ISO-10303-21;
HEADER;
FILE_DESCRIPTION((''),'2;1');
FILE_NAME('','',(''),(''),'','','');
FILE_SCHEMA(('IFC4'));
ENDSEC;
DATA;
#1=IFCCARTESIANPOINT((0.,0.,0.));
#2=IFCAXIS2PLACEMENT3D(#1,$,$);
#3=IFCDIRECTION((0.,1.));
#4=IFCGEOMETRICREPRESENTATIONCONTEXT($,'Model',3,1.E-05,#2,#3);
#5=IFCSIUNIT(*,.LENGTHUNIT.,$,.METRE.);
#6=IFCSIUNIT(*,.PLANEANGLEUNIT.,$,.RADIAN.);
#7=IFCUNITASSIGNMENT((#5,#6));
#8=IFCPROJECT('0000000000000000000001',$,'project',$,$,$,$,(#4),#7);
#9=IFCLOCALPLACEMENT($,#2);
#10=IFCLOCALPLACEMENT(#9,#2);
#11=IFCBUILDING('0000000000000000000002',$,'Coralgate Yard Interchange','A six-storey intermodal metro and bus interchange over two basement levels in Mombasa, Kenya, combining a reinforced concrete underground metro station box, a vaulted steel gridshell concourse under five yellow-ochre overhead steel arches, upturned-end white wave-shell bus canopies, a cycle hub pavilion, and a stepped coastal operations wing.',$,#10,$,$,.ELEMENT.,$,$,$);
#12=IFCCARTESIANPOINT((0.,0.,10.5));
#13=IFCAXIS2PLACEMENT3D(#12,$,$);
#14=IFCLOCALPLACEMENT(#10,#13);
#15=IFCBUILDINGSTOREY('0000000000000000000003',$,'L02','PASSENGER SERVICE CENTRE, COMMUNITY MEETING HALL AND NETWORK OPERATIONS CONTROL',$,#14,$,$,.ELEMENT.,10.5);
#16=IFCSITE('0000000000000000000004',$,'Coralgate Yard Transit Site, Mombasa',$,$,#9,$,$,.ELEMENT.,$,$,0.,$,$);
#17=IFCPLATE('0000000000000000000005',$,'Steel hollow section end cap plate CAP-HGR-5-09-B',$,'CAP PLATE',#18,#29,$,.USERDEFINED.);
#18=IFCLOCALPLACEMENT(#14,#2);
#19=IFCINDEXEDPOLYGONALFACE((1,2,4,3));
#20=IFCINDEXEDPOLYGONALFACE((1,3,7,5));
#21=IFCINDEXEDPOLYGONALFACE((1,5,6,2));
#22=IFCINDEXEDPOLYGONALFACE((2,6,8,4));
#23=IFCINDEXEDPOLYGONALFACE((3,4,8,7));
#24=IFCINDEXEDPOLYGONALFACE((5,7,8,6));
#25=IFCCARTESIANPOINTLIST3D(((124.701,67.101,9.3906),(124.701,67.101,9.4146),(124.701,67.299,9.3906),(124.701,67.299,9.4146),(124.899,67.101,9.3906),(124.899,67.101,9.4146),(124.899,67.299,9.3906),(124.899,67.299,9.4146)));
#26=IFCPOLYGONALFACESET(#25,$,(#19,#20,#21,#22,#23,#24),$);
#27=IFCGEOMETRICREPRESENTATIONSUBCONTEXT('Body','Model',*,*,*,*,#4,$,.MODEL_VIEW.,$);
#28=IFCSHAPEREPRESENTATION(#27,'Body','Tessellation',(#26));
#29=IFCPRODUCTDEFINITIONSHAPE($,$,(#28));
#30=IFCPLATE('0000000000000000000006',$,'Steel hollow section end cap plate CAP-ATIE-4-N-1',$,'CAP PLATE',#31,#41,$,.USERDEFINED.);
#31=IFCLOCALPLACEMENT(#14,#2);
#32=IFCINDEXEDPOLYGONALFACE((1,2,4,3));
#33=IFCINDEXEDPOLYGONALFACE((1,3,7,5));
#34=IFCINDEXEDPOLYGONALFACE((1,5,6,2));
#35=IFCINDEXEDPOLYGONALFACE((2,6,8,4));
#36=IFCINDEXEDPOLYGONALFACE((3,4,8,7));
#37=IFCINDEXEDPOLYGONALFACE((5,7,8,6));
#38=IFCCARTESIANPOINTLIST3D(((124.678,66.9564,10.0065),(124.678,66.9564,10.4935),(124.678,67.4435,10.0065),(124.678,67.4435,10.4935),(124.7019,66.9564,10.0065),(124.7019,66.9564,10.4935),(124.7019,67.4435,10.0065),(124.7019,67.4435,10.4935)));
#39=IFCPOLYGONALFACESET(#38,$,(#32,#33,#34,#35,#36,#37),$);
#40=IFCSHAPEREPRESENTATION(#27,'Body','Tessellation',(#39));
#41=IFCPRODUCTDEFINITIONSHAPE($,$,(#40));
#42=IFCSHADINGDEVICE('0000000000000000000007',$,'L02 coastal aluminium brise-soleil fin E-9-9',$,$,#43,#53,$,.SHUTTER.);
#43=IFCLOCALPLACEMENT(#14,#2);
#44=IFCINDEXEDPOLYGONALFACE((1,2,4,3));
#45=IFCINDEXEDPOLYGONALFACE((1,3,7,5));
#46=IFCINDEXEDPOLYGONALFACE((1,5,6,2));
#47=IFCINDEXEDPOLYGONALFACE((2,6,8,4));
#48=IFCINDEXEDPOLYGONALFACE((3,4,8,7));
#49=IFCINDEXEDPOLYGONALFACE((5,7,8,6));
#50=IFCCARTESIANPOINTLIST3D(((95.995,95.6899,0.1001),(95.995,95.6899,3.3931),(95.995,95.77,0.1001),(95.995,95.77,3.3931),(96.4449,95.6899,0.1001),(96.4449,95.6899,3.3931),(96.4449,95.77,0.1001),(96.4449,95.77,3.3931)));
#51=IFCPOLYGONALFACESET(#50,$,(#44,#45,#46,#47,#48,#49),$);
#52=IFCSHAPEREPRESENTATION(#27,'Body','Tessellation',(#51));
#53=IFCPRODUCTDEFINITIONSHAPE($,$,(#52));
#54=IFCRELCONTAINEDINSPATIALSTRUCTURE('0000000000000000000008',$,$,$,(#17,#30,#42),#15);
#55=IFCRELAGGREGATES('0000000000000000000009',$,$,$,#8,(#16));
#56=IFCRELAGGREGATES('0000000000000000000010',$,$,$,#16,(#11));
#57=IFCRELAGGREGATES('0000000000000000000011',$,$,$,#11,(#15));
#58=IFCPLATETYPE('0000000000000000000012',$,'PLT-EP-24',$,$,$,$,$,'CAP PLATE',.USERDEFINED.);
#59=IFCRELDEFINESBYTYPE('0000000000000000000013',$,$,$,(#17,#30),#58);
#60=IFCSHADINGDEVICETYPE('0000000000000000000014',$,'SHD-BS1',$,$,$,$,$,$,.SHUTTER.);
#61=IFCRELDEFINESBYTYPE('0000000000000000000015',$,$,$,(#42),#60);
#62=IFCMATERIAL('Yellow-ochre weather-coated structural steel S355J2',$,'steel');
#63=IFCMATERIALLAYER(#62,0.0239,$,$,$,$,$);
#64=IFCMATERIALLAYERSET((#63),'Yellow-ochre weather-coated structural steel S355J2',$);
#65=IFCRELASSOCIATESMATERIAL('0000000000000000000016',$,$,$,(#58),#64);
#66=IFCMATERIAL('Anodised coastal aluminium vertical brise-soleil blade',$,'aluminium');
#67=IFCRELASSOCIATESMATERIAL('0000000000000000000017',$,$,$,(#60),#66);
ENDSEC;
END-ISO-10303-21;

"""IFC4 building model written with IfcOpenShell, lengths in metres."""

from ifc_helpers import new_model, si_unit, direction, frame, origin, origin_2d, place, context, subcontext, project, spatial, rectangle, extrude, material, layer, layer_set, type_object, element, save


model = new_model("IFC4")

# Units and contexts
model_context = context("Model", 3, precision=1e-05, world=origin(), true_north=direction((0.0, 1.0)))
body_context = subcontext(model_context, "Body", "Model", "MODEL_VIEW")
ifc_project = project(units=[si_unit("LENGTHUNIT", "METRE"), si_unit("PLANEANGLEUNIT", "RADIAN")], contexts=[model_context])

# Site, building, storey
site_placement = place(None, origin())
site = spatial("IfcSite", under=ifc_project, at=site_placement, Name="Coralgate Yard Transit Site, Mombasa", CompositionType="ELEMENT", RefElevation=0.0)
building_placement = place(site_placement, origin())
building = spatial("IfcBuilding", under=site, at=building_placement, Name="Coralgate Yard Interchange", Description="A six-storey intermodal metro and bus interchange over two basement levels in Mombasa, Kenya, combining a reinforced concrete underground metro station box, a vaulted steel gridshell concourse under five yellow-ochre overhead steel arches, upturned-end white wave-shell bus canopies, a cycle hub pavilion, and a stepped coastal operations wing.", CompositionType="ELEMENT")
storey_placement = place(building_placement, frame((0.0, 0.0, 10.5)))
storey = spatial("IfcBuildingStorey", under=building, at=storey_placement, Name="L02", Description="PASSENGER SERVICE CENTRE, COMMUNITY MEETING HALL AND NETWORK OPERATIONS CONTROL", CompositionType="ELEMENT", Elevation=10.5)

# Shared definitions
ifc_material_1 = material(Name="Yellow-ochre weather-coated structural steel S355J2", Category="steel")

# Plates
ifc_layer = layer(ifc_material_1, 0.0239)
ifc_layer_set = layer_set([ifc_layer], Name="Yellow-ochre weather-coated structural steel S355J2")
plate_type = type_object("IfcPlateType", Name="PLT-EP-24", ElementType="CAP PLATE", PredefinedType="USERDEFINED", material=ifc_layer_set)
for number, where, z_axis, x_axis, name in (
    (1, (124.8, 67.2, 9.4146), (0.0, 0.0, -1.0), (1.0, 0.0, 0.0), "Steel hollow section end cap plate CAP-HGR-5-09-B"),
):
    element("IfcPlate", number, at=place(storey_placement, frame(where, z_axis=z_axis, x_axis=x_axis)), inside=storey, type_object=plate_type, Name=name, ObjectType="CAP PLATE", PredefinedType="USERDEFINED", context=body_context, shape_type="SweptSolid", body=[
        extrude(rectangle(XDim=0.198, YDim=0.198, at=origin_2d()), origin(), (0.0, 0.0, 1.0), 0.0239),
    ])
plate_placement = place(storey_placement, frame((124.678, 67.2, 10.25), z_axis=(1.0, 0.0, 0.0), x_axis=(0.0, 1.0, 0.0)))
element("IfcPlate", 2, at=plate_placement, inside=storey, type_object=plate_type, Name="Steel hollow section end cap plate CAP-ATIE-4-N-1", ObjectType="CAP PLATE", PredefinedType="USERDEFINED", context=body_context, shape_type="SweptSolid", body=[
    extrude(rectangle(XDim=0.4871, YDim=0.4871, at=origin_2d()), origin(), (0.0, 0.0, 1.0), 0.0239),
])

# Shading device
ifc_material_2 = material(Name="Anodised coastal aluminium vertical brise-soleil blade", Category="aluminium")
shading_device_type = type_object("IfcShadingDeviceType", Name="SHD-BS1", PredefinedType="SHUTTER", material=ifc_material_2)
shading_device_placement = place(storey_placement, frame((96.22, 95.73, 0.1001), z_axis=(0.0, 0.0, 1.0), x_axis=(0.0, -1.0, 0.0)))
element("IfcShadingDevice", 3, at=shading_device_placement, inside=storey, type_object=shading_device_type, Name="L02 coastal aluminium brise-soleil fin E-9-9", PredefinedType="SHUTTER", context=body_context, shape_type="SweptSolid", body=[
    extrude(rectangle(XDim=0.0801, YDim=0.45, at=origin_2d()), origin(), (0.0, 0.0, 1.0), 3.293),
])

save(model, "model.ifc")
